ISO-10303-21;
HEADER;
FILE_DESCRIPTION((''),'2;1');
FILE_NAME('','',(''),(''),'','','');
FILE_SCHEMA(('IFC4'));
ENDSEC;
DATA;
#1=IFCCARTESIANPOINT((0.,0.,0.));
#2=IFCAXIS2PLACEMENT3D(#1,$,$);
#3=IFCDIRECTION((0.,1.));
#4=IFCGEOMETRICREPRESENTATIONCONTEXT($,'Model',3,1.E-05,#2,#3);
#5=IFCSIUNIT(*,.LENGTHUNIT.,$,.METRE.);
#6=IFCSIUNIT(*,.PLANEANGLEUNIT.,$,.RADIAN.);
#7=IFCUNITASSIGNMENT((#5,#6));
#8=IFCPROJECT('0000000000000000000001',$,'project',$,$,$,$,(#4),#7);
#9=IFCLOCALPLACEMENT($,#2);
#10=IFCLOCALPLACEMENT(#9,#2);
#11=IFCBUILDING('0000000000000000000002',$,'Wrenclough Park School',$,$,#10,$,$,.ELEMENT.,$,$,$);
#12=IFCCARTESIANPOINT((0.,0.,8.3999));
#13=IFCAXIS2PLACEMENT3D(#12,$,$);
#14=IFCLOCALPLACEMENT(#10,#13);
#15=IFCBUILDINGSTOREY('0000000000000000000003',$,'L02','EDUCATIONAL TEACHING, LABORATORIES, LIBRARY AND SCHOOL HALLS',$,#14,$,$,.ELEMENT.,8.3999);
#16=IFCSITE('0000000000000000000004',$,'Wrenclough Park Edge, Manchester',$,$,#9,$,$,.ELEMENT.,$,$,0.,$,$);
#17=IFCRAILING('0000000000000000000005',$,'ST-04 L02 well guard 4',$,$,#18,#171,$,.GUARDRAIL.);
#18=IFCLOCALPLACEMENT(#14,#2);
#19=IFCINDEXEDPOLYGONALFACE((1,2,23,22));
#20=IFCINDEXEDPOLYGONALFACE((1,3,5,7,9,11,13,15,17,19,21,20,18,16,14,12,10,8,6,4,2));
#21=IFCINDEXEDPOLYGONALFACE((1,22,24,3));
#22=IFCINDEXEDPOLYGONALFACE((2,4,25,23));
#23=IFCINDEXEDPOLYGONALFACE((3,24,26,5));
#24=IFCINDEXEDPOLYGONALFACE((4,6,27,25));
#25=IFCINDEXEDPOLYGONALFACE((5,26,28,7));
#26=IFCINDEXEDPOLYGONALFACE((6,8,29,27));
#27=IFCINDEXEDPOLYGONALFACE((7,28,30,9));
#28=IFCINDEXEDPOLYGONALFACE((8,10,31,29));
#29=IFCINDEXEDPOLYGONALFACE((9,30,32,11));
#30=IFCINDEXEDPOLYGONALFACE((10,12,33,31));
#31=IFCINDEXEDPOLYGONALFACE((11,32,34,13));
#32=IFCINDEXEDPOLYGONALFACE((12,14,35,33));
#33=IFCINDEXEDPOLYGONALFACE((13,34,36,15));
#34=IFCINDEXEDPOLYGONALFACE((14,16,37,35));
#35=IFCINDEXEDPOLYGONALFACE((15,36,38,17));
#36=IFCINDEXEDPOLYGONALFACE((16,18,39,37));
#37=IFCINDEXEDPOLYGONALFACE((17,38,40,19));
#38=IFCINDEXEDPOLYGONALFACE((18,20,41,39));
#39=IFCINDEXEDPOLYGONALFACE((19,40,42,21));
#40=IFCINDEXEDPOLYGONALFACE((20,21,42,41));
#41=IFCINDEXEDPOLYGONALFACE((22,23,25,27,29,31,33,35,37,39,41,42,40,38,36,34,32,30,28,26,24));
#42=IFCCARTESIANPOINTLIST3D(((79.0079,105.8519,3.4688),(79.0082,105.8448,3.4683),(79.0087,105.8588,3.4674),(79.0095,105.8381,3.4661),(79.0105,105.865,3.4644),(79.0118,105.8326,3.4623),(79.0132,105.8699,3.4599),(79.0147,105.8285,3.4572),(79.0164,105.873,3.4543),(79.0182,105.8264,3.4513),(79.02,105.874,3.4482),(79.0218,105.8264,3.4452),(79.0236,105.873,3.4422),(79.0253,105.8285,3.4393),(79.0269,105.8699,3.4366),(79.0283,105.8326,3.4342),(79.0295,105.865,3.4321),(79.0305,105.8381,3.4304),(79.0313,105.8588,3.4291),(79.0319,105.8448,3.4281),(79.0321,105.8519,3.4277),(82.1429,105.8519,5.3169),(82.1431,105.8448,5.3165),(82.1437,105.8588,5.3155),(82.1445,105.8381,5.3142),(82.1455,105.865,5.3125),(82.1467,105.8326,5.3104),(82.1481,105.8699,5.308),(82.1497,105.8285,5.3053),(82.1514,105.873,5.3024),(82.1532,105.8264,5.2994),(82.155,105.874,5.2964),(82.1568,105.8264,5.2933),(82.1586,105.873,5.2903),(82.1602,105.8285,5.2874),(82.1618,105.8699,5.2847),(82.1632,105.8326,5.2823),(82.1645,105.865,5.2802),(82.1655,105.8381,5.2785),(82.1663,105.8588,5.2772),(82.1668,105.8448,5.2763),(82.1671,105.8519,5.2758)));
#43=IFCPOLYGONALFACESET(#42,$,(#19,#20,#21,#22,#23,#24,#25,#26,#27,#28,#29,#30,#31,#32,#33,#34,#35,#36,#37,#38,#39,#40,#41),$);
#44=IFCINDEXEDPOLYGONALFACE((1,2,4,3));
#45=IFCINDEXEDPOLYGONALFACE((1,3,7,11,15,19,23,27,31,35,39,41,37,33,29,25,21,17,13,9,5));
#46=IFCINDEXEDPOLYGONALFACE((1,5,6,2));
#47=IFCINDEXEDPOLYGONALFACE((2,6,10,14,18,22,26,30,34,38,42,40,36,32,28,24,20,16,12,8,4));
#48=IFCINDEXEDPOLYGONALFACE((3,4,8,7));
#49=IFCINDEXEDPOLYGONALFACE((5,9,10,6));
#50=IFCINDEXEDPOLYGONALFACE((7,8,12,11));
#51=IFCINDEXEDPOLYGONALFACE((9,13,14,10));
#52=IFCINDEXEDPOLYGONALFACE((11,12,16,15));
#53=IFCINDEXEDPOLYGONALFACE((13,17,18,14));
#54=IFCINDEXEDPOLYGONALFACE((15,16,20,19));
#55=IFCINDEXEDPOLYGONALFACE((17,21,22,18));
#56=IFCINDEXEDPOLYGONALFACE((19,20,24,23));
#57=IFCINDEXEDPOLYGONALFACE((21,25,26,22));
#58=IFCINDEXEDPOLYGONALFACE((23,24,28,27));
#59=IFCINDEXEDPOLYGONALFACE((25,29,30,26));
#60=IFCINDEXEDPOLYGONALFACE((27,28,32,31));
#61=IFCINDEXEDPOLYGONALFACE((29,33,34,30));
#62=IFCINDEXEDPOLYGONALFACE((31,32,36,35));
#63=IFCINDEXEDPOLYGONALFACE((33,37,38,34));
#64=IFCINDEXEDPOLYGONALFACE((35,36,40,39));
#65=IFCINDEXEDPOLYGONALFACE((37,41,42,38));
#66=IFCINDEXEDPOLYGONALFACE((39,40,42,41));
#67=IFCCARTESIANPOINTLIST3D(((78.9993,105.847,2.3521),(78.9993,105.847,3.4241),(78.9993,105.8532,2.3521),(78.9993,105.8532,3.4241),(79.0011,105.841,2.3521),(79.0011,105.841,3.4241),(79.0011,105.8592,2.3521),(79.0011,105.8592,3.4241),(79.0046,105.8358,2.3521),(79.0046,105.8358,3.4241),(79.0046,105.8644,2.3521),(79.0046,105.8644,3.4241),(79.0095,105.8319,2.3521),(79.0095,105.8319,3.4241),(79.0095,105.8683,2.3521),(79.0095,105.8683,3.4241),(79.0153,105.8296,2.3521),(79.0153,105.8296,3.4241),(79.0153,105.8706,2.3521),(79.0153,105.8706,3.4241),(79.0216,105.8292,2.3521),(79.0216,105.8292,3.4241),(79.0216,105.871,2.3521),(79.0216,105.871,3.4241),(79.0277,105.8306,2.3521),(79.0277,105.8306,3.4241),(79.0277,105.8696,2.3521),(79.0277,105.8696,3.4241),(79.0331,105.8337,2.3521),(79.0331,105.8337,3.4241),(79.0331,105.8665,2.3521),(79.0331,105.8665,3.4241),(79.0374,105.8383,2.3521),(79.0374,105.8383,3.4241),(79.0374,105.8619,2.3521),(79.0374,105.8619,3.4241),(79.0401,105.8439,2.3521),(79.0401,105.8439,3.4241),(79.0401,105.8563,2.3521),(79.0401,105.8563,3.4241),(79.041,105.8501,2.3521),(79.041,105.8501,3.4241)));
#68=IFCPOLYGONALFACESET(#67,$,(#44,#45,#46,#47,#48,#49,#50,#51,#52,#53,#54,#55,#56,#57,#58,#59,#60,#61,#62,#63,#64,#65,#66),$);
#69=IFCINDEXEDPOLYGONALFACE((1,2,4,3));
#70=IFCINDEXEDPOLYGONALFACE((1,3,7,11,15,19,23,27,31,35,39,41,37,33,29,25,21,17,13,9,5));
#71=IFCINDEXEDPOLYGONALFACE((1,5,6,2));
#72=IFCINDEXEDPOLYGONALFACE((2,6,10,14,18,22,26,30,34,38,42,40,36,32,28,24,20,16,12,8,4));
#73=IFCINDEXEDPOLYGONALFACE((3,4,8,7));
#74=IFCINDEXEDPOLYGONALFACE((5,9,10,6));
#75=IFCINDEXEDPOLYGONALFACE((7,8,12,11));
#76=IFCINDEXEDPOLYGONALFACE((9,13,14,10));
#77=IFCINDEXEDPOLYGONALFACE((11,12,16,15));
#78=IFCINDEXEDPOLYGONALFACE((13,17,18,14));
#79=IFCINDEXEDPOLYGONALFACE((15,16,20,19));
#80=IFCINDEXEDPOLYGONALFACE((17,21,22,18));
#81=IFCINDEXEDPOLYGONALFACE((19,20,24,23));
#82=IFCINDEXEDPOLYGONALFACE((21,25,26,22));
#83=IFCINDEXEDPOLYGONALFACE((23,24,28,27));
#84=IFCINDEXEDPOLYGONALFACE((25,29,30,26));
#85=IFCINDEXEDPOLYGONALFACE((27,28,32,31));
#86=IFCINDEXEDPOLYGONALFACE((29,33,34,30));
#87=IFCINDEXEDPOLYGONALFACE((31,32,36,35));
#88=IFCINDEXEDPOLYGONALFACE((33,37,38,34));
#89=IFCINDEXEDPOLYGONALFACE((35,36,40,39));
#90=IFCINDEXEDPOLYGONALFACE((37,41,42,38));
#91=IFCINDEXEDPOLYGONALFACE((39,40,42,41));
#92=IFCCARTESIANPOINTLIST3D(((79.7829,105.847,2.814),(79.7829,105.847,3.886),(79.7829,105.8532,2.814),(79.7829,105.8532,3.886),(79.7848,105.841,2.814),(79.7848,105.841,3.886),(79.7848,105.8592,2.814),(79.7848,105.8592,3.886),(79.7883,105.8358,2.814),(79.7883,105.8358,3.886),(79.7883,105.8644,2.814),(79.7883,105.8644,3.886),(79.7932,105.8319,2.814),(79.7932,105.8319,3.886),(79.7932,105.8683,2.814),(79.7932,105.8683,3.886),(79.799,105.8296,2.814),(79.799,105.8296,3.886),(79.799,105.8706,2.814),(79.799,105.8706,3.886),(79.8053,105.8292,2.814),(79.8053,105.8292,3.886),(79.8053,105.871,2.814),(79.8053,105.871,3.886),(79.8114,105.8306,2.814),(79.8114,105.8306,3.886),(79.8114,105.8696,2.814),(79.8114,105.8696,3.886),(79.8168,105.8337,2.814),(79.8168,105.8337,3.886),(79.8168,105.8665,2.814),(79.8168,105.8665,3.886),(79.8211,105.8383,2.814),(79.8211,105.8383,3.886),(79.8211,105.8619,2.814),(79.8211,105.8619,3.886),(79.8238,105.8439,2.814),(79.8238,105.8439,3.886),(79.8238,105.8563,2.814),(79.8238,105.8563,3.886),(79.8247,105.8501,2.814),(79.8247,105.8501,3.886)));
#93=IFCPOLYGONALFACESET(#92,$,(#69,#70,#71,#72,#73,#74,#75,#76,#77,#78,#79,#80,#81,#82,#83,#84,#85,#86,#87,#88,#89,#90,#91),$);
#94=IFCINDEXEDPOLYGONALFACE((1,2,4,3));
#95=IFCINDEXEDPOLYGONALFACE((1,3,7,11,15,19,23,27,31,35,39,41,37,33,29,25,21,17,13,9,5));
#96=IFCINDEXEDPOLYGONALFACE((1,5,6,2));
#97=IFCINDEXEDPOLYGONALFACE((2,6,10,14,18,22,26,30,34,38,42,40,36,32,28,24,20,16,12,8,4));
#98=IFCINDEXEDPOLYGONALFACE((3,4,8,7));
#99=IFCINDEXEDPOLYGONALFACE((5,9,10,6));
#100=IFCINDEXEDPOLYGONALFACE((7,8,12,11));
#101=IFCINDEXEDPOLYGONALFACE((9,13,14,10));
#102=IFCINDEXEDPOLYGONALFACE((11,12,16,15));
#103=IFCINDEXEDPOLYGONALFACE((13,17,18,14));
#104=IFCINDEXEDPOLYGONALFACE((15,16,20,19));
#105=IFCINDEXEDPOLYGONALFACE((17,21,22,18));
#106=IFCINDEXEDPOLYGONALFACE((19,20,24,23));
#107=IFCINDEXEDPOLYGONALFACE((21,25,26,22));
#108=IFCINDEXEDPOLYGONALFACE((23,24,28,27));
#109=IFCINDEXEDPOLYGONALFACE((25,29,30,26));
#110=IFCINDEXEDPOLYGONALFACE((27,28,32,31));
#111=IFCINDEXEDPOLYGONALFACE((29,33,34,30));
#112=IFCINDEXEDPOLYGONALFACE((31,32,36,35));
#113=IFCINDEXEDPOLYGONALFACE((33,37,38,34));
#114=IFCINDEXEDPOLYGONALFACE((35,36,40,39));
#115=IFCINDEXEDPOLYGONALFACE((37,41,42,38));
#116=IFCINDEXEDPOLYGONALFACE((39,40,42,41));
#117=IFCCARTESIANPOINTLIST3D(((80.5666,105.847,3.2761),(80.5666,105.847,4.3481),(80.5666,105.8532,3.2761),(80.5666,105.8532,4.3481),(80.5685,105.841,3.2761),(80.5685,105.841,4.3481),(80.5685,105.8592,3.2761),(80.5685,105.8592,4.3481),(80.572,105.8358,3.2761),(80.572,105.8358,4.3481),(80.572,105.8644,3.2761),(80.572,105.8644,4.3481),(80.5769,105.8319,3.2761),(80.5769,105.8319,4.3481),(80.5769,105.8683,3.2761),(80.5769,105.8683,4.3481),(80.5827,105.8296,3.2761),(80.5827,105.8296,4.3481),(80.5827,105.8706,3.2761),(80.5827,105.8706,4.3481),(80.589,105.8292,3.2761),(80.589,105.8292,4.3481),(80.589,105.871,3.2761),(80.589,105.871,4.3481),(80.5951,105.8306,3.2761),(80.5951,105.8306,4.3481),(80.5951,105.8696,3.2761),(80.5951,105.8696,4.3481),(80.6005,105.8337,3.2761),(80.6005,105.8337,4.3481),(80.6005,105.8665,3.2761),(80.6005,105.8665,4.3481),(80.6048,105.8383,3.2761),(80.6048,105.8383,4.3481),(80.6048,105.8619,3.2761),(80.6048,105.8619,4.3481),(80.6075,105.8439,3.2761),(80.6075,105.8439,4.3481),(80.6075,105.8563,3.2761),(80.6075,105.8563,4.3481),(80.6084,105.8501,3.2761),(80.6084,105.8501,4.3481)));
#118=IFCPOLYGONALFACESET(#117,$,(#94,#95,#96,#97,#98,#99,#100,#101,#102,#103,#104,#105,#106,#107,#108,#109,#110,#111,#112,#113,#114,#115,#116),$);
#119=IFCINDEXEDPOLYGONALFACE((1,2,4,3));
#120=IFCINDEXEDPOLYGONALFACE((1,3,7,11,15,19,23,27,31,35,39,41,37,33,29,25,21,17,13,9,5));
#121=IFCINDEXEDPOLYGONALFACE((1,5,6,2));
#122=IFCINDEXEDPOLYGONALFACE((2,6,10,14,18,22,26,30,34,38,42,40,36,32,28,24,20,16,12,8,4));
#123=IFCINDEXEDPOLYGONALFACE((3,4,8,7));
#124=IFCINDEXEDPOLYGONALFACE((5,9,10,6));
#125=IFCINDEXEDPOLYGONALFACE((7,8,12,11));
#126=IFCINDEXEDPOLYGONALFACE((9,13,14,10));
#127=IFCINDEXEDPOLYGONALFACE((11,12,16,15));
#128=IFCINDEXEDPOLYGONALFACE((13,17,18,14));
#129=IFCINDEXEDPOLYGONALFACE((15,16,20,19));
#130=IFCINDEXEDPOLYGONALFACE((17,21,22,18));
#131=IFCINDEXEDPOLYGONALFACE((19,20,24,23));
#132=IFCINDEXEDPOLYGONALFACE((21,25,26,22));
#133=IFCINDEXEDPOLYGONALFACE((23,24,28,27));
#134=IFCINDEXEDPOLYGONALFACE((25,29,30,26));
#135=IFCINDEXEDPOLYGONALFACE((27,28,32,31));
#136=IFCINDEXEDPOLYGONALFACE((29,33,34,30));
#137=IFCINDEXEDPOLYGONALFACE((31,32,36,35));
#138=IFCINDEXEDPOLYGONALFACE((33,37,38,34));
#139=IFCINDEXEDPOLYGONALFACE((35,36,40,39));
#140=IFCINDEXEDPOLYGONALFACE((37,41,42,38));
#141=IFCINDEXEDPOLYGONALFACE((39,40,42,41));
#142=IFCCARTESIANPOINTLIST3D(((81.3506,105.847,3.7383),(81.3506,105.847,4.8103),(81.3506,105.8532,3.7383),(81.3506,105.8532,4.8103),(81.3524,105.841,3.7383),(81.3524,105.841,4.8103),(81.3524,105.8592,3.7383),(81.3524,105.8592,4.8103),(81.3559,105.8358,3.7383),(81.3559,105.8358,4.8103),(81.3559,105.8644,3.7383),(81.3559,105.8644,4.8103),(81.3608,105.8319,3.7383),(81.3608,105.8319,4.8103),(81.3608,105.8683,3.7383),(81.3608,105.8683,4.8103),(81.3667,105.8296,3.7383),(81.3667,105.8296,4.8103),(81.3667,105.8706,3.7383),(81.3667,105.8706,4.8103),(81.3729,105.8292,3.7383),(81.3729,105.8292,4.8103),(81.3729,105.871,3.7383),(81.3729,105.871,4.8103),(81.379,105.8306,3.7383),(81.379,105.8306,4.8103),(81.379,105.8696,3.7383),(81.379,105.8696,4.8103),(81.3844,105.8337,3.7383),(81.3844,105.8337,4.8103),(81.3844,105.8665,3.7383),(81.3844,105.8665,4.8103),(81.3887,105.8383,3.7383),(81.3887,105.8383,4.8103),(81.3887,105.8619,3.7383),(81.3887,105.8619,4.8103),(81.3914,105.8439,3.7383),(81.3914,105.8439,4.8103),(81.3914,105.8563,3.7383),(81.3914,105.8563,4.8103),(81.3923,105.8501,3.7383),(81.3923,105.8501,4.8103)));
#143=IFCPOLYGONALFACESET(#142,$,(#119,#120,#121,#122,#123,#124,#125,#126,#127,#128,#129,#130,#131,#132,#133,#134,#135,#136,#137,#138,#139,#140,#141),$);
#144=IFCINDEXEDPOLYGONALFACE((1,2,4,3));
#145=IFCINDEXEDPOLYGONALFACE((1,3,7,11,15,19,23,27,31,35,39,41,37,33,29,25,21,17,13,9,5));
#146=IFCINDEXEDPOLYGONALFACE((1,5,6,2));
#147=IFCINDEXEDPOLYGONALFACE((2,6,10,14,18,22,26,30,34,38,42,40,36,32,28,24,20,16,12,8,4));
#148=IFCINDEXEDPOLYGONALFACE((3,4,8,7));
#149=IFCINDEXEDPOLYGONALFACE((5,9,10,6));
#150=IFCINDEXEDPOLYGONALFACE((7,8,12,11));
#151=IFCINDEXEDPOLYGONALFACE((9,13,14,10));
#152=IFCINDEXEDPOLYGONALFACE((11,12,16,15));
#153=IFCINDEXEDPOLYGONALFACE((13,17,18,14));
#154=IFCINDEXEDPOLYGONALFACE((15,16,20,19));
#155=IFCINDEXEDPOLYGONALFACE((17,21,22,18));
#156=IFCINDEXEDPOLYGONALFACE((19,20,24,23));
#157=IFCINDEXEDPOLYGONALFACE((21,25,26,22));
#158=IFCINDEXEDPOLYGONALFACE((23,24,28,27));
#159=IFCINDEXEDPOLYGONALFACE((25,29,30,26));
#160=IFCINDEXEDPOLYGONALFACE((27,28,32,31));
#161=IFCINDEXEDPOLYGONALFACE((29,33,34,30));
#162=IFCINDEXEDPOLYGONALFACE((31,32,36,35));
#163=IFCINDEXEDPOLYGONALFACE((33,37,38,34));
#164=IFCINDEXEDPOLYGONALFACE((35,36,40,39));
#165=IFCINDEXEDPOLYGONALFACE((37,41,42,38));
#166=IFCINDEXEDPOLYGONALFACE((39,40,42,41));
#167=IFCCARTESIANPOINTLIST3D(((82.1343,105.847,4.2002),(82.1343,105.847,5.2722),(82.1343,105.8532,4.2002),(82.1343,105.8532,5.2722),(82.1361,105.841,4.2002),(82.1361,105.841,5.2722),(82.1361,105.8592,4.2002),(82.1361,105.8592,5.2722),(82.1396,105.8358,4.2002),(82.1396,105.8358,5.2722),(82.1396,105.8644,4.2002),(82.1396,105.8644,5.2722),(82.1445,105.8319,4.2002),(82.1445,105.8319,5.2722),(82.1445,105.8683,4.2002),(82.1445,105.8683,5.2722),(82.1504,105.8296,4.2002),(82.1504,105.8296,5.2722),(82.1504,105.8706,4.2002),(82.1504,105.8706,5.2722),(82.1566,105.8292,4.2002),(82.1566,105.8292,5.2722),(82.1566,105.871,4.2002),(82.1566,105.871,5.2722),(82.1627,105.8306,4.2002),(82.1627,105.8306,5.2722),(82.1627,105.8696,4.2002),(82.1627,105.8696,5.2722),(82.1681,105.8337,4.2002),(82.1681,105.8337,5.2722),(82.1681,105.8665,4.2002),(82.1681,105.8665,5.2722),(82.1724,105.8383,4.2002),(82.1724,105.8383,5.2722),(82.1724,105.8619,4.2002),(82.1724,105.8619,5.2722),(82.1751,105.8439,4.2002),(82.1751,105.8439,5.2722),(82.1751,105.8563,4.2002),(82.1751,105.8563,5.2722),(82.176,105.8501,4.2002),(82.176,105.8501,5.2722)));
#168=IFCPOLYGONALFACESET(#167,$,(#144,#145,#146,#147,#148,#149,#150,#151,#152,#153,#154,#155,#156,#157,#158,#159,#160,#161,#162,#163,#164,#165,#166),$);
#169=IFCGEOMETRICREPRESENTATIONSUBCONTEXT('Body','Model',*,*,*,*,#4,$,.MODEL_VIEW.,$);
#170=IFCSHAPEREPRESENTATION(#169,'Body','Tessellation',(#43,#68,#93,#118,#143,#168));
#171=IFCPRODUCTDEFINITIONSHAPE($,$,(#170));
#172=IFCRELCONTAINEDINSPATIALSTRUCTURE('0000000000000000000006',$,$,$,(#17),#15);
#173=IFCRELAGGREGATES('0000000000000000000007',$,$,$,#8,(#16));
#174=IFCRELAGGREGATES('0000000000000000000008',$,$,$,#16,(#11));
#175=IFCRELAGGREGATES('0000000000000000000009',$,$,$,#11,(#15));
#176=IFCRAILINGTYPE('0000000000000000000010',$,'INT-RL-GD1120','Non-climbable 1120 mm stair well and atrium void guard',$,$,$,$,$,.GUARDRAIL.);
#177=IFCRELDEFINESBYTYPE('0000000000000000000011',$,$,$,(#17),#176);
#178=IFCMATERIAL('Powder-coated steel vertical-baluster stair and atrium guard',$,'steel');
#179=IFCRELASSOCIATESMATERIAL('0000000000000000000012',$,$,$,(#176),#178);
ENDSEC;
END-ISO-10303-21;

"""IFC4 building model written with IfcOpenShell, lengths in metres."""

from ifc_helpers import new_model, si_unit, direction, frame, origin, origin_2d, place, context, subcontext, project, spatial, circle, extrude, material, type_object, element, save


model = new_model("IFC4")

# Units and contexts
model_context = context("Model", 3, precision=1e-05, world=origin(), true_north=direction((0.0, 1.0)))
body_context = subcontext(model_context, "Body", "Model", "MODEL_VIEW")
ifc_project = project(units=[si_unit("LENGTHUNIT", "METRE"), si_unit("PLANEANGLEUNIT", "RADIAN")], contexts=[model_context])

# Site, building, storey
site_placement = place(None, origin())
site = spatial("IfcSite", under=ifc_project, at=site_placement, Name="Wrenclough Park Edge, Manchester", CompositionType="ELEMENT", RefElevation=0.0)
building_placement = place(site_placement, origin())
building = spatial("IfcBuilding", under=site, at=building_placement, Name="Wrenclough Park School", CompositionType="ELEMENT")
storey_placement = place(building_placement, frame((0.0, 0.0, 8.3999)))
storey = spatial("IfcBuildingStorey", under=building, at=storey_placement, Name="L02", Description="EDUCATIONAL TEACHING, LABORATORIES, LIBRARY AND SCHOOL HALLS", CompositionType="ELEMENT", Elevation=8.3999)

# Railing
ifc_material_1 = material(Name="Powder-coated steel vertical-baluster stair and atrium guard", Category="steel")
railing_type_1 = type_object("IfcRailingType", Name="INT-RL-GD1120", Description="Non-climbable 1120 mm stair well and atrium void guard", PredefinedType="GUARDRAIL", material=ifc_material_1)
railing_1_placement = place(storey_placement, frame((79.02, 105.8501, 2.3521)))
element("IfcRailing", 1, at=railing_1_placement, inside=storey, type_object=railing_type_1, Name="ST-04 L02 well guard 4", PredefinedType="GUARDRAIL", context=body_context, shape_type="SweptSolid", body=[
    extrude(circle(Radius=0.0239, at=origin_2d()), frame((0.0, 0.0, 1.0962), z_axis=(0.861451, 0.0, 0.507841), x_axis=(0.0, 1.0, 0.0)), (0.0, 0.0, 1.0), 3.6392),
    extrude(circle(Radius=0.021, at=origin_2d()), origin(), (0.0, 0.0, 1.0), 1.072),
    extrude(circle(Radius=0.021, at=origin_2d()), frame((0.7837, 0.0, 0.4619)), (0.0, 0.0, 1.0), 1.072),
    extrude(circle(Radius=0.021, at=origin_2d()), frame((1.5674, 0.0, 0.9241)), (0.0, 0.0, 1.0), 1.072),
    extrude(circle(Radius=0.021, at=origin_2d()), frame((2.3513, 0.0, 1.3862)), (0.0, 0.0, 1.0), 1.072),
    extrude(circle(Radius=0.021, at=origin_2d()), frame((3.135, 0.0, 1.8481)), (0.0, 0.0, 1.0), 1.072),
])

save(model, "model.ifc")
